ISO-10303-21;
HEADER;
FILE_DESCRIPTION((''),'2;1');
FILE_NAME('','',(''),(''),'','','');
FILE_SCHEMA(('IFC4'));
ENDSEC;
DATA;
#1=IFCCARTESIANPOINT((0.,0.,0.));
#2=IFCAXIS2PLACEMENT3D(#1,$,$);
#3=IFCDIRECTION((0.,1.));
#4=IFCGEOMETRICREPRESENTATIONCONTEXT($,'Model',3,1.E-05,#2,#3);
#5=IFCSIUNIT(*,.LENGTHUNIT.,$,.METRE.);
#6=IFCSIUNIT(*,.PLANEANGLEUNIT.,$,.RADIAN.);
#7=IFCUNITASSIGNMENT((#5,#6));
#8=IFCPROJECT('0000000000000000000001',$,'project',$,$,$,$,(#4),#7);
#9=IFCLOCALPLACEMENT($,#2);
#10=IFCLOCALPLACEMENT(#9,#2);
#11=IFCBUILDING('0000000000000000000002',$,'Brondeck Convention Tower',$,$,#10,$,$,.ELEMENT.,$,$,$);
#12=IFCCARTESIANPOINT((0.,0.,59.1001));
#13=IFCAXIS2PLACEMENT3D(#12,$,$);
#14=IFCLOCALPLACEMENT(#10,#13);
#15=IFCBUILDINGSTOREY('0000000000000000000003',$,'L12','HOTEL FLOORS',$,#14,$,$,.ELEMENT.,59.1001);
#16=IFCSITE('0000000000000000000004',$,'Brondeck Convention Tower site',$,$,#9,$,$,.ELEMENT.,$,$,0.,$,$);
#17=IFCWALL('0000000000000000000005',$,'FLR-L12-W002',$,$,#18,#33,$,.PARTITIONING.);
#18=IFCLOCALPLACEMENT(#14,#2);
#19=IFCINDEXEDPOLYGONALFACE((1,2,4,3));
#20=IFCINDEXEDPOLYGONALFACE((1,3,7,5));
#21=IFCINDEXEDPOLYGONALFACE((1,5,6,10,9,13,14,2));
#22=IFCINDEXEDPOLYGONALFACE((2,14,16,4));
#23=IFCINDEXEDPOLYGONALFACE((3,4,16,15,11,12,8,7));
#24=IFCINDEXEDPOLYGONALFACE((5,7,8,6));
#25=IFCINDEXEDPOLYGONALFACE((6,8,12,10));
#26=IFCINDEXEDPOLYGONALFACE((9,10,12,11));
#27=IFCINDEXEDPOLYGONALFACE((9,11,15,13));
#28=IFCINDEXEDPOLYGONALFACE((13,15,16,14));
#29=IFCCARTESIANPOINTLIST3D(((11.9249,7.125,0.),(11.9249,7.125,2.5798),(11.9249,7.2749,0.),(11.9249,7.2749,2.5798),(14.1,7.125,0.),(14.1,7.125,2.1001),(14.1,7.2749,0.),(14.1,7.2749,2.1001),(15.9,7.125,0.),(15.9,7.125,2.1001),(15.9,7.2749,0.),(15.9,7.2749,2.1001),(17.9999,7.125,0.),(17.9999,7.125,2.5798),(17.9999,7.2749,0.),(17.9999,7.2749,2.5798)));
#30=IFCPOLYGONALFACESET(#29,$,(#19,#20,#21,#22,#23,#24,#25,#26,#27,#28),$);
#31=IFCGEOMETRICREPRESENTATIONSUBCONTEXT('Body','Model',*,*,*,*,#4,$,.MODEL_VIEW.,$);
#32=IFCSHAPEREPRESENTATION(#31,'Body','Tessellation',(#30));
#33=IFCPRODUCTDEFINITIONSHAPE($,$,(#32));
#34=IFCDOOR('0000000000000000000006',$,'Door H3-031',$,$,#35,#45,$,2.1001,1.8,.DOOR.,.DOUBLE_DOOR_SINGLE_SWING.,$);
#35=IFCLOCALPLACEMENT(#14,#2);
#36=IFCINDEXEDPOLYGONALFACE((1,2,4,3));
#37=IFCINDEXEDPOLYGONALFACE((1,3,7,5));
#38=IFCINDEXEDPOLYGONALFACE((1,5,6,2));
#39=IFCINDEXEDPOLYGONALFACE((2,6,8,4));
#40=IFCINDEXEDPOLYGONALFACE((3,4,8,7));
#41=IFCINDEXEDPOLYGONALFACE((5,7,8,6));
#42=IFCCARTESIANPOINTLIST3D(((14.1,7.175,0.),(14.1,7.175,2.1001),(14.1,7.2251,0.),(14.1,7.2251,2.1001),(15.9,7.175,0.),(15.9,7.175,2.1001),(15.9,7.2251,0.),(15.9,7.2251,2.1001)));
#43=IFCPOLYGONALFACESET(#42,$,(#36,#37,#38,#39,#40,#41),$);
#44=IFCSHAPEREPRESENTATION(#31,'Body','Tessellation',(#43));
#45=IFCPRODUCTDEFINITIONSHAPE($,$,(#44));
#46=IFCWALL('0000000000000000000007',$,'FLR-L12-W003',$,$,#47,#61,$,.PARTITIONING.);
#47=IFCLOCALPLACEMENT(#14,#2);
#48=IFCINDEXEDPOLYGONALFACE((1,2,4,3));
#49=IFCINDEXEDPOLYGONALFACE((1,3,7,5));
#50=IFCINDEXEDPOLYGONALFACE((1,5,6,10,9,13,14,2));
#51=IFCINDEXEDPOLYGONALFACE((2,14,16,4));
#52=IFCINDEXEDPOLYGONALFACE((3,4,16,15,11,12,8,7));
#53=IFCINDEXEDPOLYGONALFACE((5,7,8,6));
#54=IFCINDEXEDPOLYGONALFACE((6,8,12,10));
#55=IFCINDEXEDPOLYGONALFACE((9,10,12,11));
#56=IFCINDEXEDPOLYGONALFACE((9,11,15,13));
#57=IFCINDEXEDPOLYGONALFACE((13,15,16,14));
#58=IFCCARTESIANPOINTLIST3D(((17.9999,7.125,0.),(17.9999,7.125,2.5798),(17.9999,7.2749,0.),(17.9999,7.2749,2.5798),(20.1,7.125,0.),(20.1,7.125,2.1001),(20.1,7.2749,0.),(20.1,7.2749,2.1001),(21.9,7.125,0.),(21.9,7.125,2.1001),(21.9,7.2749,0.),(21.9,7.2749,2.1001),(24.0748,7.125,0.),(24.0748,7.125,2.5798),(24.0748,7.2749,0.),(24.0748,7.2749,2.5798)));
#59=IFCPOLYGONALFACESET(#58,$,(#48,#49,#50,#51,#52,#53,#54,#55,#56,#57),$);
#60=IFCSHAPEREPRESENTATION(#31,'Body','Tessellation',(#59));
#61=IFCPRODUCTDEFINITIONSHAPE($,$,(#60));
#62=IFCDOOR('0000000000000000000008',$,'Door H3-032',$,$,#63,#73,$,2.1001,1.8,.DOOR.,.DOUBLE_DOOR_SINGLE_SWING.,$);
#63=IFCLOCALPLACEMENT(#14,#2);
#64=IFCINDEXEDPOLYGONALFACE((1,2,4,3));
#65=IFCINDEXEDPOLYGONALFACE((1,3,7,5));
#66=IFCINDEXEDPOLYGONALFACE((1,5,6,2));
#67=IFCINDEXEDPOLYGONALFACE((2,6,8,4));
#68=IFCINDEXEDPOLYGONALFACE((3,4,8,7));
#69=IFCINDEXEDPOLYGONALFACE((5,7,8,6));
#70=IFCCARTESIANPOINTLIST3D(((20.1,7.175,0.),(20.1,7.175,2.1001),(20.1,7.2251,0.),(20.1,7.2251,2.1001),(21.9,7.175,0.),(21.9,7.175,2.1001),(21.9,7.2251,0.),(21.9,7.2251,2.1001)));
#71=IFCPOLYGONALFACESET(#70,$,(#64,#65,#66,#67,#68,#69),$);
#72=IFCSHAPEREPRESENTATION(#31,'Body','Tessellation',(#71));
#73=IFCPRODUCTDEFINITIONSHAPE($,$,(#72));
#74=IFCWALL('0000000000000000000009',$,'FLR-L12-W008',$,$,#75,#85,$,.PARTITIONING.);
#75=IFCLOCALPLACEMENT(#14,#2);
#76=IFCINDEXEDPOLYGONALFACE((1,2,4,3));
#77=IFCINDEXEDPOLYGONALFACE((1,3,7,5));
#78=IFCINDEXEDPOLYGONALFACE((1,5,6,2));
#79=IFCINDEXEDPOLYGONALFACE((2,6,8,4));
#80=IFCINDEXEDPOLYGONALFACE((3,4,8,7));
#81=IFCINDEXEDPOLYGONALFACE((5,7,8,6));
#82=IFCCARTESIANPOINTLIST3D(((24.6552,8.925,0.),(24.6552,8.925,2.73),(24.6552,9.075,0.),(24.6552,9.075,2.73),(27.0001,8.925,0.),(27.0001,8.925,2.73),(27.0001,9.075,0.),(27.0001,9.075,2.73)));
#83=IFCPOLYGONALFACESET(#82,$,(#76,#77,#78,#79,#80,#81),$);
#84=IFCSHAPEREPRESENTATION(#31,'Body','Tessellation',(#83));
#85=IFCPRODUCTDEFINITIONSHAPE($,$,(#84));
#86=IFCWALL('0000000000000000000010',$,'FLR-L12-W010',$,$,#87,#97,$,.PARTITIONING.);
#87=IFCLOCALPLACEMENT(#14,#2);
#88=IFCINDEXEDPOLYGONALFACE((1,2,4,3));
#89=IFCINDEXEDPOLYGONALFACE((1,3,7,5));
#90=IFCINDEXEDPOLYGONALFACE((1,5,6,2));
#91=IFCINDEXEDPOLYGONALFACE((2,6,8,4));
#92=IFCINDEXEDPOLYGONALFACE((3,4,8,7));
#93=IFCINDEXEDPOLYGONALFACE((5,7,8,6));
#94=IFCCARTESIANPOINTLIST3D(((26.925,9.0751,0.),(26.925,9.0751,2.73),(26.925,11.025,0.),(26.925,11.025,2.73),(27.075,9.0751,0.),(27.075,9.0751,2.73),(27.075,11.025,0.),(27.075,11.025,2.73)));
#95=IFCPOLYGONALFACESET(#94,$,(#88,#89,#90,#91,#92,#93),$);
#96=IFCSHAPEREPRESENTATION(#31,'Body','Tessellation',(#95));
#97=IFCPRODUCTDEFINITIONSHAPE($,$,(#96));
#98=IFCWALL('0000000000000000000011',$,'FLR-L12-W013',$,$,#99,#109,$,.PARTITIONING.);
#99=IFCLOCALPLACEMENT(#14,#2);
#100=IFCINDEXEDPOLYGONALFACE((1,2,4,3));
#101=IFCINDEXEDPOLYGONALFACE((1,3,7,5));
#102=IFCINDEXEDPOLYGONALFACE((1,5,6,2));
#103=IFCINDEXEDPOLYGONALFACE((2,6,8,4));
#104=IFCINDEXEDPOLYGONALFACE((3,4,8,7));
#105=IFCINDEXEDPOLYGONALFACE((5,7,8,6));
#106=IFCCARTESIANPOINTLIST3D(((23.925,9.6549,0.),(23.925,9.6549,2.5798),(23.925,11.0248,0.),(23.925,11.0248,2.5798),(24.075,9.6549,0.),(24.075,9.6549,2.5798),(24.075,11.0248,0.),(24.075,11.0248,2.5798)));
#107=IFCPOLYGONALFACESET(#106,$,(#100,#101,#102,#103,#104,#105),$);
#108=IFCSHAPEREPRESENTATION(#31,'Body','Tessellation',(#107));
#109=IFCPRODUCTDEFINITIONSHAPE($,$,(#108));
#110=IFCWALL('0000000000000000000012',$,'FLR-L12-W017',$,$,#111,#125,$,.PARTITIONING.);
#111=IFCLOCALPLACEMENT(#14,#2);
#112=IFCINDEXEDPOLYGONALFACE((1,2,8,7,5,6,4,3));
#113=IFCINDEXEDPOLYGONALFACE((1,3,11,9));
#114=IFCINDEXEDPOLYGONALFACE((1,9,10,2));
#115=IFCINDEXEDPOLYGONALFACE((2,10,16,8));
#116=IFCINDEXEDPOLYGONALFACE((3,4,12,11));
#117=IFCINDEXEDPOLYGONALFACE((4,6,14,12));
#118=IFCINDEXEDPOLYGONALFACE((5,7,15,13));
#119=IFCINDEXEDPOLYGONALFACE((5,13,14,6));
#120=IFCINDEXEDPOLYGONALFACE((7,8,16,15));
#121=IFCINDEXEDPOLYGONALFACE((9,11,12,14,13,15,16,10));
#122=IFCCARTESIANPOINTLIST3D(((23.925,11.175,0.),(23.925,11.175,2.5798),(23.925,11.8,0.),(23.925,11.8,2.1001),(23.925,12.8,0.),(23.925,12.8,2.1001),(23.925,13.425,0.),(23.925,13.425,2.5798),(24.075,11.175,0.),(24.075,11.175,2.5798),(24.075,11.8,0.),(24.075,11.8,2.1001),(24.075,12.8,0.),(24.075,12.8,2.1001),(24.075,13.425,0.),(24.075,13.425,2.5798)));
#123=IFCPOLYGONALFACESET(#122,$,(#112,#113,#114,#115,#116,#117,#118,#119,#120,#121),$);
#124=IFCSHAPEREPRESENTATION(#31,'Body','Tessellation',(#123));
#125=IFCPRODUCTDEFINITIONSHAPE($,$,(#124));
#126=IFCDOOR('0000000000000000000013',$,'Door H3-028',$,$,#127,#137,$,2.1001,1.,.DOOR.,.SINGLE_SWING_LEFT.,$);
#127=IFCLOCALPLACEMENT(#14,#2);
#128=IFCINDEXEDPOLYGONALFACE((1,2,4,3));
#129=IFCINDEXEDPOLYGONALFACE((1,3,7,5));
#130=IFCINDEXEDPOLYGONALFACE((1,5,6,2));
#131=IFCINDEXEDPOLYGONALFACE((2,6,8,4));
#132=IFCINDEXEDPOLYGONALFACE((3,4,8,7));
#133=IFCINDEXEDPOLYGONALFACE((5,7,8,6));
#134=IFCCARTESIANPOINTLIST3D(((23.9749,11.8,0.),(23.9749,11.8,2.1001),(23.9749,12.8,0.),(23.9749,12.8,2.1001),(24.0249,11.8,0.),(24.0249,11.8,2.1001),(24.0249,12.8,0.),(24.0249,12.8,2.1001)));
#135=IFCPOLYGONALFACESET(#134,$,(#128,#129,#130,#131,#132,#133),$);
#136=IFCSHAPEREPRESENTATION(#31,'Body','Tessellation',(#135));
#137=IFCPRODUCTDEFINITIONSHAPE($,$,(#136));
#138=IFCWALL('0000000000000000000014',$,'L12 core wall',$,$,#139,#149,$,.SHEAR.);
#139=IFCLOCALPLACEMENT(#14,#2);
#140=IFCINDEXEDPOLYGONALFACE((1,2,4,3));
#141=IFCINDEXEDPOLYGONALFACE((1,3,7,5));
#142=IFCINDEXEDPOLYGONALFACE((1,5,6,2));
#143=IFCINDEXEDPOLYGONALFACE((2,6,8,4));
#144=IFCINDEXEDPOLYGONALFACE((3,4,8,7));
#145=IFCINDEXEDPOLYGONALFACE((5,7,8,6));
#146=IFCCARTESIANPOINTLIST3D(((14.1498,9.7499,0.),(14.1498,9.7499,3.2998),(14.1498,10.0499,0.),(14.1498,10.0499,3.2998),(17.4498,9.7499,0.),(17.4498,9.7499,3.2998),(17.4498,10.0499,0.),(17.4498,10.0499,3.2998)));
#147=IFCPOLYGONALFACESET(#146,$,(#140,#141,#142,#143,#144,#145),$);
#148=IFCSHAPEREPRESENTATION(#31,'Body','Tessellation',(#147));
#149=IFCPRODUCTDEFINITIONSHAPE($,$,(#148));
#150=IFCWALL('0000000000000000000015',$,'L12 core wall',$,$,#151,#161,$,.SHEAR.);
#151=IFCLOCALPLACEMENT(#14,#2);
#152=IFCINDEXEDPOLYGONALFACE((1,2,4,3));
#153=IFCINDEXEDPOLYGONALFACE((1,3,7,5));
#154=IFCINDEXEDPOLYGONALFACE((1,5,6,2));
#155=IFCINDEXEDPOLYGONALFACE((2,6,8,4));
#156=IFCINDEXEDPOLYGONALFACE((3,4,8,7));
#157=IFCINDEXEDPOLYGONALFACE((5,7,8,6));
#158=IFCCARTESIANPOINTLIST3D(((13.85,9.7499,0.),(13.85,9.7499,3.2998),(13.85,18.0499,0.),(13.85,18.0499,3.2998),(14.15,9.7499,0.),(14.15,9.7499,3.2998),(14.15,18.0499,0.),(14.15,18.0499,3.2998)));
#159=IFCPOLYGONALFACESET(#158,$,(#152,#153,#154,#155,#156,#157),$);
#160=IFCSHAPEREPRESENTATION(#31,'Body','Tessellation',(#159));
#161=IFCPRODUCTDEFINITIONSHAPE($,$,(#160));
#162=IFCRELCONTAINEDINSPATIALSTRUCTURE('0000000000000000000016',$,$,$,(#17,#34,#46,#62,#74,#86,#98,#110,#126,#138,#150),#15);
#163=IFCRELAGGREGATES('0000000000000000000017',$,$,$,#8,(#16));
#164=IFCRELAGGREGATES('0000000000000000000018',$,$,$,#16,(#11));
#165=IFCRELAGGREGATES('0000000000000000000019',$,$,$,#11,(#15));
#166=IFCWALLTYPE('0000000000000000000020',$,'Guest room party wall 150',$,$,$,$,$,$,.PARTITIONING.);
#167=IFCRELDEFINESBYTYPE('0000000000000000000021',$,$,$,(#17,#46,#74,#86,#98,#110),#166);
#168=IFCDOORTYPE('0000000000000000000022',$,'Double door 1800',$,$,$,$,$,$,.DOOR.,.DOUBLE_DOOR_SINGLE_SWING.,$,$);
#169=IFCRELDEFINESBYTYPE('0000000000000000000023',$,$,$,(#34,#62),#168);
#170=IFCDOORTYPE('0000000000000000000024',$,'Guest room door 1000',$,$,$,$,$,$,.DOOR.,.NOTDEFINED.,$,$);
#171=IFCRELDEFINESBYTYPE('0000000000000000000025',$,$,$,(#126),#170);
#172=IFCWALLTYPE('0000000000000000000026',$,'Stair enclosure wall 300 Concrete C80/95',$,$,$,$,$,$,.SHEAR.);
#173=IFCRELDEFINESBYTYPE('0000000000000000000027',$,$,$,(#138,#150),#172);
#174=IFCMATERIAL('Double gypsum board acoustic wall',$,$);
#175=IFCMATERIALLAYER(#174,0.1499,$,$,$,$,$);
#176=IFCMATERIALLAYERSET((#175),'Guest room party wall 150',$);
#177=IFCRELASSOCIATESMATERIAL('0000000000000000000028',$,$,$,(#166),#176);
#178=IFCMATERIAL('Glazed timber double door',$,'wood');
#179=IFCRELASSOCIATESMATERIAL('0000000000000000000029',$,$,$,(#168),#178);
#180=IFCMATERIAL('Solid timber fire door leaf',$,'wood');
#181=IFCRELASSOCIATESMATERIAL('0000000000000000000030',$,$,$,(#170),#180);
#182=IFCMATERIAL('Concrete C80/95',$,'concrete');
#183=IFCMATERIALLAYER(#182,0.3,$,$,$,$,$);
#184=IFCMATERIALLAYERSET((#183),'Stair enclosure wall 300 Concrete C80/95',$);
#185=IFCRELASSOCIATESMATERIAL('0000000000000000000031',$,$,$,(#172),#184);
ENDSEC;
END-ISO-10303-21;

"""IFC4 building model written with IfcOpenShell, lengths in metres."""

from ifc_helpers import new_model, si_unit, direction, frame, frame_2d, origin, place, context, subcontext, project, spatial, rectangle, extrude, material, layer, layer_set, type_object, element, fill, save


model = new_model("IFC4")

# Units and contexts
model_context = context("Model", 3, precision=1e-05, world=origin(), true_north=direction((0.0, 1.0)))
body_context = subcontext(model_context, "Body", "Model", "MODEL_VIEW")
ifc_project = project(units=[si_unit("LENGTHUNIT", "METRE"), si_unit("PLANEANGLEUNIT", "RADIAN")], contexts=[model_context])

# Site, building, storey
site_placement = place(None, origin())
site = spatial("IfcSite", under=ifc_project, at=site_placement, Name="Brondeck Convention Tower site", CompositionType="ELEMENT", RefElevation=0.0)
building_placement = place(site_placement, origin())
building = spatial("IfcBuilding", under=site, at=building_placement, Name="Brondeck Convention Tower", CompositionType="ELEMENT")
storey_placement = place(building_placement, frame((0.0, 0.0, 59.1001)))
storey = spatial("IfcBuildingStorey", under=building, at=storey_placement, Name="L12", Description="HOTEL FLOORS", CompositionType="ELEMENT", Elevation=59.1001)

# Shared definitions
ifc_material_1 = material(Name="Concrete C80/95", Category="concrete")

# Shared definitions
ifc_material_2 = material(Name="Double gypsum board acoustic wall")
ifc_layer_1 = layer(ifc_material_2, 0.1499)
ifc_layer_set_1 = layer_set([ifc_layer_1], Name="Guest room party wall 150")
wall_type_1 = type_object("IfcWallType", Name="Guest room party wall 150", PredefinedType="PARTITIONING", material=ifc_layer_set_1)

# Walls, openings, doors
wall_1_placement = place(storey_placement, frame((18.0, 7.2, 0.0), z_axis=(0.0, 0.0, 1.0), x_axis=(-1.0, 0.0, 0.0)))
wall_1 = element("IfcWall", 1, at=wall_1_placement, inside=storey, type_object=wall_type_1, Name="FLR-L12-W002", PredefinedType="PARTITIONING", context=body_context, shape_type="SweptSolid", body=[
    extrude(rectangle(XDim=6.075, YDim=0.1499, at=frame_2d((3.0376, 0.0))), origin(), (0.0, 0.0, 1.0), 2.5798),
])
opening_1_placement = place(wall_1_placement, frame((2.1001, 0.0, 0.0)))
opening_1 = element("IfcOpeningElement", 2, at=opening_1_placement, cuts=wall_1, PredefinedType="OPENING", context=body_context, shape_type="SweptSolid", body=[
    extrude(rectangle(XDim=1.8, YDim=2.1001, at=frame_2d((0.8999, 1.05))), frame((0.0, 0.085, 0.0), z_axis=(0.0, -1.0, 0.0), x_axis=(1.0, 0.0, 0.0)), (0.0, 0.0, 1.0), 0.1699),
])
ifc_material_3 = material(Name="Glazed timber double door", Category="wood")
door_type_1 = type_object("IfcDoorType", Name="Double door 1800", OperationType="DOUBLE_DOOR_SINGLE_SWING", PredefinedType="DOOR", material=ifc_material_3)
door_1_placement = place(opening_1_placement, origin())
door_1 = element("IfcDoor", 3, at=door_1_placement, inside=storey, type_object=door_type_1, Name="Door H3-031", OperationType="DOUBLE_DOOR_SINGLE_SWING", OverallHeight=2.1001, OverallWidth=1.8, PredefinedType="DOOR", context=body_context, shape_type="SweptSolid", body=[
    extrude(rectangle(XDim=1.8, YDim=2.1001, at=frame_2d((0.8999, 1.05))), frame((0.0, 0.0249, 0.0), z_axis=(0.0, -1.0, 0.0), x_axis=(1.0, 0.0, 0.0)), (0.0, 0.0, 1.0), 0.05),
])
fill(opening_1, door_1)
wall_2_placement = place(storey_placement, frame((24.075, 7.2, 0.0), z_axis=(0.0, 0.0, 1.0), x_axis=(-1.0, 0.0, 0.0)))
wall_2 = element("IfcWall", 4, at=wall_2_placement, inside=storey, type_object=wall_type_1, Name="FLR-L12-W003", PredefinedType="PARTITIONING", context=body_context, shape_type="SweptSolid", body=[
    extrude(rectangle(XDim=6.075, YDim=0.1499, at=frame_2d((3.0376, 0.0))), origin(), (0.0, 0.0, 1.0), 2.5798),
])
opening_2_placement = place(wall_2_placement, frame((2.175, 0.0, 0.0)))
opening_2 = element("IfcOpeningElement", 5, at=opening_2_placement, cuts=wall_2, PredefinedType="OPENING", context=body_context, shape_type="SweptSolid", body=[
    extrude(rectangle(XDim=1.8, YDim=2.1001, at=frame_2d((0.8999, 1.05))), frame((0.0, 0.085, 0.0), z_axis=(0.0, -1.0, 0.0), x_axis=(1.0, 0.0, 0.0)), (0.0, 0.0, 1.0), 0.1699),
])
door_2_placement = place(opening_2_placement, origin())
door_2 = element("IfcDoor", 6, at=door_2_placement, inside=storey, type_object=door_type_1, Name="Door H3-032", OperationType="DOUBLE_DOOR_SINGLE_SWING", OverallHeight=2.1001, OverallWidth=1.8, PredefinedType="DOOR", context=body_context, shape_type="SweptSolid", body=[
    extrude(rectangle(XDim=1.8, YDim=2.1001, at=frame_2d((0.8999, 1.05))), frame((0.0, 0.0249, 0.0), z_axis=(0.0, -1.0, 0.0), x_axis=(1.0, 0.0, 0.0)), (0.0, 0.0, 1.0), 0.05),
])
fill(opening_2, door_2)

# Walls
wall_3_placement = place(storey_placement, frame((27.0, 9.0, 0.0), z_axis=(0.0, 0.0, 1.0), x_axis=(-1.0, 0.0, 0.0)))
element("IfcWall", 7, at=wall_3_placement, inside=storey, type_object=wall_type_1, Name="FLR-L12-W008", PredefinedType="PARTITIONING", context=body_context, shape_type="SweptSolid", body=[
    extrude(rectangle(XDim=2.345, YDim=0.1499, at=frame_2d((1.1724, 0.0))), origin(), (0.0, 0.0, 1.0), 2.73),
])
wall_4_placement = place(storey_placement, frame((27.0, 9.075, 0.0), z_axis=(0.0, 0.0, 1.0), x_axis=(0.0, 1.0, 0.0)))
element("IfcWall", 8, at=wall_4_placement, inside=storey, type_object=wall_type_1, Name="FLR-L12-W010", PredefinedType="PARTITIONING", context=body_context, shape_type="SweptSolid", body=[
    extrude(rectangle(XDim=1.95, YDim=0.1499, at=frame_2d((0.9751, 0.0))), origin(), (0.0, 0.0, 1.0), 2.73),
])
wall_5_placement = place(storey_placement, frame((24.0, 11.0249, 0.0), z_axis=(0.0, 0.0, 1.0), x_axis=(0.0, -1.0, 0.0)))
element("IfcWall", 9, at=wall_5_placement, inside=storey, type_object=wall_type_1, Name="FLR-L12-W013", PredefinedType="PARTITIONING", context=body_context, shape_type="SweptSolid", body=[
    extrude(rectangle(XDim=1.3699, YDim=0.1499, at=frame_2d((0.6851, 0.0))), origin(), (0.0, 0.0, 1.0), 2.5798),
])

# Wall, opening, door
wall_6_placement = place(storey_placement, frame((24.0, 13.425, 0.0), z_axis=(0.0, 0.0, 1.0), x_axis=(0.0, -1.0, 0.0)))
wall_6 = element("IfcWall", 10, at=wall_6_placement, inside=storey, type_object=wall_type_1, Name="FLR-L12-W017", PredefinedType="PARTITIONING", context=body_context, shape_type="SweptSolid", body=[
    extrude(rectangle(XDim=2.25, YDim=0.1499, at=frame_2d((1.125, 0.0))), origin(), (0.0, 0.0, 1.0), 2.5798),
])
opening_3_placement = place(wall_6_placement, frame((0.625, 0.0, 0.0)))
opening_3 = element("IfcOpeningElement", 11, at=opening_3_placement, cuts=wall_6, PredefinedType="OPENING", context=body_context, shape_type="SweptSolid", body=[
    extrude(rectangle(XDim=1.0, YDim=2.1001, at=frame_2d((0.5, 1.05))), frame((0.0, 0.085, 0.0), z_axis=(0.0, -1.0, 0.0), x_axis=(1.0, 0.0, 0.0)), (0.0, 0.0, 1.0), 0.1699),
])
ifc_material_4 = material(Name="Solid timber fire door leaf", Category="wood")
door_type_2 = type_object("IfcDoorType", Name="Guest room door 1000", OperationType="NOTDEFINED", PredefinedType="DOOR", material=ifc_material_4)
door_3_placement = place(opening_3_placement, origin())
door_3 = element("IfcDoor", 12, at=door_3_placement, inside=storey, type_object=door_type_2, Name="Door H3-028", OperationType="SINGLE_SWING_LEFT", OverallHeight=2.1001, OverallWidth=1.0, PredefinedType="DOOR", context=body_context, shape_type="SweptSolid", body=[
    extrude(rectangle(XDim=1.0, YDim=2.1001, at=frame_2d((0.5, 1.05))), frame((0.0, 0.0249, 0.0), z_axis=(0.0, -1.0, 0.0), x_axis=(1.0, 0.0, 0.0)), (0.0, 0.0, 1.0), 0.05),
])
fill(opening_3, door_3)

# Walls
ifc_layer_2 = layer(ifc_material_1, 0.3)
ifc_layer_set_2 = layer_set([ifc_layer_2], Name="Stair enclosure wall 300 Concrete C80/95")
wall_type_2 = type_object("IfcWallType", Name="Stair enclosure wall 300 Concrete C80/95", PredefinedType="SHEAR", material=ifc_layer_set_2)
wall_7_placement = place(storey_placement, frame((14.1499, 9.8999, 0.0), z_axis=(0.0, 0.0, 1.0), x_axis=(1.0, 0.0, 0.0)))
element("IfcWall", 13, at=wall_7_placement, inside=storey, type_object=wall_type_2, Name="L12 core wall", PredefinedType="SHEAR", context=body_context, shape_type="SweptSolid", body=[
    extrude(rectangle(XDim=3.3, YDim=0.3, at=frame_2d((1.6499, 0.0))), origin(), (0.0, 0.0, 1.0), 3.2998),
])
wall_8_placement = place(storey_placement, frame((14.0, 9.75, 0.0), z_axis=(0.0, 0.0, 1.0), x_axis=(0.0, 1.0, 0.0)))
element("IfcWall", 14, at=wall_8_placement, inside=storey, type_object=wall_type_2, Name="L12 core wall", PredefinedType="SHEAR", context=body_context, shape_type="SweptSolid", body=[
    extrude(rectangle(XDim=8.3, YDim=0.3, at=frame_2d((4.1499, 0.0))), origin(), (0.0, 0.0, 1.0), 3.2998),
])

save(model, "model.ifc")
